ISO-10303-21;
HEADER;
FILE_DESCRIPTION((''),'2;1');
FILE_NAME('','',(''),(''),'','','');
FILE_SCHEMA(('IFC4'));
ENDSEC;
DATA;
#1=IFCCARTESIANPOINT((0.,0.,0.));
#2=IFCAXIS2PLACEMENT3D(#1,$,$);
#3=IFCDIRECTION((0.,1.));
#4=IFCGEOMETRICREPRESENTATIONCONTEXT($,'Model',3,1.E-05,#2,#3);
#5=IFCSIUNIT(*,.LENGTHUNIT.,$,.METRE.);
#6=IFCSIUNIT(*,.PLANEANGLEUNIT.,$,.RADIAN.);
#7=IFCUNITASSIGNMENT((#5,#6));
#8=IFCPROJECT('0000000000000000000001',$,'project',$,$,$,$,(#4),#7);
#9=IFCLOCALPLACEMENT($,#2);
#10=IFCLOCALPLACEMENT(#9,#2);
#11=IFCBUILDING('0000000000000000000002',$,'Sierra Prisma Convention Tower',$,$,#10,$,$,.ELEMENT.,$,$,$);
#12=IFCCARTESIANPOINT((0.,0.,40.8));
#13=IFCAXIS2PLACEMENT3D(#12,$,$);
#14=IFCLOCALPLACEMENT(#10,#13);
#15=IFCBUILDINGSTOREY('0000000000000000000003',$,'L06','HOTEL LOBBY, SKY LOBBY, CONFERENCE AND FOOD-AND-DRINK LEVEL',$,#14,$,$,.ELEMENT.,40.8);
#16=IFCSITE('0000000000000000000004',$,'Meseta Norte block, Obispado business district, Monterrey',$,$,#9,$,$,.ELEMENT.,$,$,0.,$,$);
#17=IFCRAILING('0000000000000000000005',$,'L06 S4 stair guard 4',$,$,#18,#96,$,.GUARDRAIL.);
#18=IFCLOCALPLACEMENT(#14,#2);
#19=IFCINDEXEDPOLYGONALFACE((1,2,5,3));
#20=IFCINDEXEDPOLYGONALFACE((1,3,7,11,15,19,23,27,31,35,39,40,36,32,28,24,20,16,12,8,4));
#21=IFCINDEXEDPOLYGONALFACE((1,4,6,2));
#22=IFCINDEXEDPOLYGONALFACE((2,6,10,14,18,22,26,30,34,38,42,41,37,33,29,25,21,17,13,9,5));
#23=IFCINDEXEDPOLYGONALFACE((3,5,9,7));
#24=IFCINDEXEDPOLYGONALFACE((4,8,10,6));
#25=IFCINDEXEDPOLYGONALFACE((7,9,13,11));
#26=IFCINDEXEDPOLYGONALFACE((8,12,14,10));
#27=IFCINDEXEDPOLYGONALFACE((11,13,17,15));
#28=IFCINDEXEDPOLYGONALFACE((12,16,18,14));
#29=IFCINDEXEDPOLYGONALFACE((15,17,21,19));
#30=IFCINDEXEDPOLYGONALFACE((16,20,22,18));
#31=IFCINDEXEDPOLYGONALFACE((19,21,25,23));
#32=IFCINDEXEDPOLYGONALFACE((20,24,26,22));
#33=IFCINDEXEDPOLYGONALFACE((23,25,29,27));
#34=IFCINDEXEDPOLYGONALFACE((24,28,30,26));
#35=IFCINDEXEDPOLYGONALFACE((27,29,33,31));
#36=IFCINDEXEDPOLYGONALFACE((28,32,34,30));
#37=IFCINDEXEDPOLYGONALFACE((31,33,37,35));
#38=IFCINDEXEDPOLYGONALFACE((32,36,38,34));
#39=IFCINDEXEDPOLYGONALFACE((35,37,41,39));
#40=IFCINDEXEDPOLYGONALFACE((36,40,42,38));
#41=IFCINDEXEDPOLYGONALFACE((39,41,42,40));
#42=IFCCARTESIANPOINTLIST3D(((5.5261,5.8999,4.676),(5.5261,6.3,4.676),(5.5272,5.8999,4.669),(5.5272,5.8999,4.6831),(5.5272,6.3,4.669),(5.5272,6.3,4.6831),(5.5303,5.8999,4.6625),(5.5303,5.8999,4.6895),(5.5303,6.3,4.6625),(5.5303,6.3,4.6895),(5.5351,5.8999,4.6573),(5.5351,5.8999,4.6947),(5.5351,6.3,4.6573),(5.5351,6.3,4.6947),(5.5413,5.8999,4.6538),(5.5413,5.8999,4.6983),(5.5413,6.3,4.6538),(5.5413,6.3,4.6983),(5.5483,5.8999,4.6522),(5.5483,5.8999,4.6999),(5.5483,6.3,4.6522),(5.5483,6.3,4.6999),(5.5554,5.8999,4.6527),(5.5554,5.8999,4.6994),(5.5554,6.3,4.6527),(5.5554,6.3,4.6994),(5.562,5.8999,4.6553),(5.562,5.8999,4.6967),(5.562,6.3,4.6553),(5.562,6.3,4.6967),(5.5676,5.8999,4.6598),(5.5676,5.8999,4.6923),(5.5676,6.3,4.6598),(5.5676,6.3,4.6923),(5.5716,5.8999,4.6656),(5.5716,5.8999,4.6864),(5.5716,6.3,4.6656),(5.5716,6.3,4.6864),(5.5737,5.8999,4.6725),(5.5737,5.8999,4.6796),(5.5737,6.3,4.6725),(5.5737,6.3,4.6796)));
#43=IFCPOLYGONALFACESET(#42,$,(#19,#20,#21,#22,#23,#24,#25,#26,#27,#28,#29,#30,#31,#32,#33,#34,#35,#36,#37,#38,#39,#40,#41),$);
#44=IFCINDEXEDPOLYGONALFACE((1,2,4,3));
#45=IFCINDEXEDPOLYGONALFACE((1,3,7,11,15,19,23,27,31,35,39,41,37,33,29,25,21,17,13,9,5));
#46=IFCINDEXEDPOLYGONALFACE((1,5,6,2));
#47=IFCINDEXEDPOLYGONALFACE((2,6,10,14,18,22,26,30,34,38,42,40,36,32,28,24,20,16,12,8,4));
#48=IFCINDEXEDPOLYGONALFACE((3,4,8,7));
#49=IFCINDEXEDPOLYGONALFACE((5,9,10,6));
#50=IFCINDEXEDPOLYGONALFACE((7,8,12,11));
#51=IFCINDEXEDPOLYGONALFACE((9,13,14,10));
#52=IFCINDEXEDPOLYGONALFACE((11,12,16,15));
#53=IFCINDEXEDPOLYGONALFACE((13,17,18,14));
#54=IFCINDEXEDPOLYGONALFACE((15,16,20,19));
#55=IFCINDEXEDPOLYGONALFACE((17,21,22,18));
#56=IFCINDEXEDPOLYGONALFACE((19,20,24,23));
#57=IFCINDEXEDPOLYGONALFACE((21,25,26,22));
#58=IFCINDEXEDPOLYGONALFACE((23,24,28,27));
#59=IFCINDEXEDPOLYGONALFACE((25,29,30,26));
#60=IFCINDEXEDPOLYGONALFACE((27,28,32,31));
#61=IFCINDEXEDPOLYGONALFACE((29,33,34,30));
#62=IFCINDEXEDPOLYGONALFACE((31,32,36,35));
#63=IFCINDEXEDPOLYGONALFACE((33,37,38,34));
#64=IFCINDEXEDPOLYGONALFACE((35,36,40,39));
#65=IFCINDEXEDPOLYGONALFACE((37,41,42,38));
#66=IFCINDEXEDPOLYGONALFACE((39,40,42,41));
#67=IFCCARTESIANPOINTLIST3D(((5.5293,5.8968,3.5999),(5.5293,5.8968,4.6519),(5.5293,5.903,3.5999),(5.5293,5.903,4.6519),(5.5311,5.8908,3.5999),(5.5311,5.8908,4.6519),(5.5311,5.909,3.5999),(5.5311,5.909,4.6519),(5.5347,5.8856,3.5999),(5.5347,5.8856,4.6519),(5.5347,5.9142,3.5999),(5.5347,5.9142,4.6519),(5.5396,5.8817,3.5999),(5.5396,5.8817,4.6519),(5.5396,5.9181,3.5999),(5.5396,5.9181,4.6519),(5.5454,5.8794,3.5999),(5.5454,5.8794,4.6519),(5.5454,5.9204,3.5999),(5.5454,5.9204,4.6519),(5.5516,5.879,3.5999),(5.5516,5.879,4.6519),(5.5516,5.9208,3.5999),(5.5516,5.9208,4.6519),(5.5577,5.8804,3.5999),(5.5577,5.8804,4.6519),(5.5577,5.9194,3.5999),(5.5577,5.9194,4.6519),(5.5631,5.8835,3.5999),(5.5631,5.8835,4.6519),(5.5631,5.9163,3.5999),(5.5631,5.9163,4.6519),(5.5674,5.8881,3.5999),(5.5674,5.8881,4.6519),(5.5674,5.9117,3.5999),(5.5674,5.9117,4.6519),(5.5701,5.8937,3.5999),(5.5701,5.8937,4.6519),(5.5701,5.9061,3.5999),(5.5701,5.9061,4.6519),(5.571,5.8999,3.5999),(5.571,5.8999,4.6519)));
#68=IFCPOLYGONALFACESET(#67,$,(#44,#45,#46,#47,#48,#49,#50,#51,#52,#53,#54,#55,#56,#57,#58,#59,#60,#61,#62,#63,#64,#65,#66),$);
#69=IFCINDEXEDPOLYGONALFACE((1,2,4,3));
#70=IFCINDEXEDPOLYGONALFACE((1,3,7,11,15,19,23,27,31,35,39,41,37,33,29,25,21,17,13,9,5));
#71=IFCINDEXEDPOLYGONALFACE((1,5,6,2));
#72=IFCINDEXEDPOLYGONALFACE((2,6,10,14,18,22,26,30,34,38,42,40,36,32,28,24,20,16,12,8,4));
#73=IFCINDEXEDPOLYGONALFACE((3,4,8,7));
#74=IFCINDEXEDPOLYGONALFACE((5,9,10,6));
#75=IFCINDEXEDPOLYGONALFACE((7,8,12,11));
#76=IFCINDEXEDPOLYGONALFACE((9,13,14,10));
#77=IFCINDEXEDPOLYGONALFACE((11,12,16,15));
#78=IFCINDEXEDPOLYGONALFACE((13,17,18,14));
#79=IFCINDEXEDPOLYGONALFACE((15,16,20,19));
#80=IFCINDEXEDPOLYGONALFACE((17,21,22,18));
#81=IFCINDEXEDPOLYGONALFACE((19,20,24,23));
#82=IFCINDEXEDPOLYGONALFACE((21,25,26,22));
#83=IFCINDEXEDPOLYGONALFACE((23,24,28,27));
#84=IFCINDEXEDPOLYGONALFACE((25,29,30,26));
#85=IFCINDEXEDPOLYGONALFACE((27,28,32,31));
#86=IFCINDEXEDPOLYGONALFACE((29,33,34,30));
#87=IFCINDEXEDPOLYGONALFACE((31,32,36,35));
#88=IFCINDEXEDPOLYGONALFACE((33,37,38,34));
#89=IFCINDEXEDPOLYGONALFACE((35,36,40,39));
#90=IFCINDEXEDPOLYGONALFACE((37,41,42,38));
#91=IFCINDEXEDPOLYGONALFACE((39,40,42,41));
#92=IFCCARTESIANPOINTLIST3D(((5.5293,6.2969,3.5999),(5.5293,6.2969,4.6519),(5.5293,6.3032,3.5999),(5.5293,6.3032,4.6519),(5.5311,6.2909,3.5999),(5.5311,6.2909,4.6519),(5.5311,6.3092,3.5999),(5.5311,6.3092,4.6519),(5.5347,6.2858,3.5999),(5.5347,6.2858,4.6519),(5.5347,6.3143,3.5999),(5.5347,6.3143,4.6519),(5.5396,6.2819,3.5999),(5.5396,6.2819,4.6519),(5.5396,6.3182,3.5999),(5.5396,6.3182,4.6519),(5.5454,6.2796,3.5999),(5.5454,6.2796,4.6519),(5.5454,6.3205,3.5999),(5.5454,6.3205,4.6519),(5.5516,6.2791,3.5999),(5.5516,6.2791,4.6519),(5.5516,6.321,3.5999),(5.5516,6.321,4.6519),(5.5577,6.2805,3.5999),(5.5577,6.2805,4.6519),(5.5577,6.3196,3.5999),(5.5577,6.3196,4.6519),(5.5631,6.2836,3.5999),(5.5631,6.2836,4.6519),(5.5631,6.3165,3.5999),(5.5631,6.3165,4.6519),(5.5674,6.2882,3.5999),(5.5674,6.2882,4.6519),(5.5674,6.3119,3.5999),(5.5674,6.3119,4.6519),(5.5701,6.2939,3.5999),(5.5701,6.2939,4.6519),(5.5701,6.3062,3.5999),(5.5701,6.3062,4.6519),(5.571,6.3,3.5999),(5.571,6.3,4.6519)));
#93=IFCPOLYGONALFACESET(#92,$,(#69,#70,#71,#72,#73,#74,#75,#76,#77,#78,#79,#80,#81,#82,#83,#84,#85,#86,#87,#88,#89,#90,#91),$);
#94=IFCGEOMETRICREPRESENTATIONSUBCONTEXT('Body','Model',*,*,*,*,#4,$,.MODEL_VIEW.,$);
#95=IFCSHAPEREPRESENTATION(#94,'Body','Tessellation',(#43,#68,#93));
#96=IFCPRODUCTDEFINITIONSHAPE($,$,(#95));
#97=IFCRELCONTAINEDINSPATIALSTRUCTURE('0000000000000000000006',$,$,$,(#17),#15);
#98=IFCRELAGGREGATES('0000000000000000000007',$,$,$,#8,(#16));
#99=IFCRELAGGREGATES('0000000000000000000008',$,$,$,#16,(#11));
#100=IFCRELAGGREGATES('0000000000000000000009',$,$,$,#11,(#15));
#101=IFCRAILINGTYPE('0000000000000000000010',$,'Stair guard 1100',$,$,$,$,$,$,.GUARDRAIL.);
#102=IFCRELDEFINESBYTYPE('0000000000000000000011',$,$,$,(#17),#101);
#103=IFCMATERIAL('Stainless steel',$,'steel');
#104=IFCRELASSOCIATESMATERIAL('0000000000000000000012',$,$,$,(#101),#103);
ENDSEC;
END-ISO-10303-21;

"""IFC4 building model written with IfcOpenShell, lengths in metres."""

from ifc_helpers import new_model, si_unit, direction, frame, origin, origin_2d, place, context, subcontext, project, spatial, circle, extrude, material, type_object, element, save


model = new_model("IFC4")

# Units and contexts
model_context = context("Model", 3, precision=1e-05, world=origin(), true_north=direction((0.0, 1.0)))
body_context = subcontext(model_context, "Body", "Model", "MODEL_VIEW")
ifc_project = project(units=[si_unit("LENGTHUNIT", "METRE"), si_unit("PLANEANGLEUNIT", "RADIAN")], contexts=[model_context])

# Site, building, storey
site_placement = place(None, origin())
site = spatial("IfcSite", under=ifc_project, at=site_placement, Name="Meseta Norte block, Obispado business district, Monterrey", CompositionType="ELEMENT", RefElevation=0.0)
building_placement = place(site_placement, origin())
building = spatial("IfcBuilding", under=site, at=building_placement, Name="Sierra Prisma Convention Tower", CompositionType="ELEMENT")
storey_placement = place(building_placement, frame((0.0, 0.0, 40.8)))
storey = spatial("IfcBuildingStorey", under=building, at=storey_placement, Name="L06", Description="HOTEL LOBBY, SKY LOBBY, CONFERENCE AND FOOD-AND-DRINK LEVEL", CompositionType="ELEMENT", Elevation=40.8)

# Railing
ifc_material_1 = material(Name="Stainless steel", Category="steel")
railing_type_1 = type_object("IfcRailingType", Name="Stair guard 1100", PredefinedType="GUARDRAIL", material=ifc_material_1)
railing_1_placement = place(storey_placement, frame((5.55, 5.8999, 3.5999)))
element("IfcRailing", 1, at=railing_1_placement, inside=storey, type_object=railing_type_1, Name="L06 S4 stair guard 4", PredefinedType="GUARDRAIL", context=body_context, shape_type="SweptSolid", body=[
    extrude(circle(Radius=0.0239, at=origin_2d()), frame((0.0, 0.0, 1.0762), z_axis=(0.0, 1.0, 0.0), x_axis=(-1.0, 0.0, 0.0)), (0.0, 0.0, 1.0), 0.4001),
    extrude(circle(Radius=0.021, at=origin_2d()), origin(), (0.0, 0.0, 1.0), 1.052),
    extrude(circle(Radius=0.021, at=origin_2d()), frame((0.0, 0.4001, 0.0)), (0.0, 0.0, 1.0), 1.052),
])

save(model, "model.ifc")
